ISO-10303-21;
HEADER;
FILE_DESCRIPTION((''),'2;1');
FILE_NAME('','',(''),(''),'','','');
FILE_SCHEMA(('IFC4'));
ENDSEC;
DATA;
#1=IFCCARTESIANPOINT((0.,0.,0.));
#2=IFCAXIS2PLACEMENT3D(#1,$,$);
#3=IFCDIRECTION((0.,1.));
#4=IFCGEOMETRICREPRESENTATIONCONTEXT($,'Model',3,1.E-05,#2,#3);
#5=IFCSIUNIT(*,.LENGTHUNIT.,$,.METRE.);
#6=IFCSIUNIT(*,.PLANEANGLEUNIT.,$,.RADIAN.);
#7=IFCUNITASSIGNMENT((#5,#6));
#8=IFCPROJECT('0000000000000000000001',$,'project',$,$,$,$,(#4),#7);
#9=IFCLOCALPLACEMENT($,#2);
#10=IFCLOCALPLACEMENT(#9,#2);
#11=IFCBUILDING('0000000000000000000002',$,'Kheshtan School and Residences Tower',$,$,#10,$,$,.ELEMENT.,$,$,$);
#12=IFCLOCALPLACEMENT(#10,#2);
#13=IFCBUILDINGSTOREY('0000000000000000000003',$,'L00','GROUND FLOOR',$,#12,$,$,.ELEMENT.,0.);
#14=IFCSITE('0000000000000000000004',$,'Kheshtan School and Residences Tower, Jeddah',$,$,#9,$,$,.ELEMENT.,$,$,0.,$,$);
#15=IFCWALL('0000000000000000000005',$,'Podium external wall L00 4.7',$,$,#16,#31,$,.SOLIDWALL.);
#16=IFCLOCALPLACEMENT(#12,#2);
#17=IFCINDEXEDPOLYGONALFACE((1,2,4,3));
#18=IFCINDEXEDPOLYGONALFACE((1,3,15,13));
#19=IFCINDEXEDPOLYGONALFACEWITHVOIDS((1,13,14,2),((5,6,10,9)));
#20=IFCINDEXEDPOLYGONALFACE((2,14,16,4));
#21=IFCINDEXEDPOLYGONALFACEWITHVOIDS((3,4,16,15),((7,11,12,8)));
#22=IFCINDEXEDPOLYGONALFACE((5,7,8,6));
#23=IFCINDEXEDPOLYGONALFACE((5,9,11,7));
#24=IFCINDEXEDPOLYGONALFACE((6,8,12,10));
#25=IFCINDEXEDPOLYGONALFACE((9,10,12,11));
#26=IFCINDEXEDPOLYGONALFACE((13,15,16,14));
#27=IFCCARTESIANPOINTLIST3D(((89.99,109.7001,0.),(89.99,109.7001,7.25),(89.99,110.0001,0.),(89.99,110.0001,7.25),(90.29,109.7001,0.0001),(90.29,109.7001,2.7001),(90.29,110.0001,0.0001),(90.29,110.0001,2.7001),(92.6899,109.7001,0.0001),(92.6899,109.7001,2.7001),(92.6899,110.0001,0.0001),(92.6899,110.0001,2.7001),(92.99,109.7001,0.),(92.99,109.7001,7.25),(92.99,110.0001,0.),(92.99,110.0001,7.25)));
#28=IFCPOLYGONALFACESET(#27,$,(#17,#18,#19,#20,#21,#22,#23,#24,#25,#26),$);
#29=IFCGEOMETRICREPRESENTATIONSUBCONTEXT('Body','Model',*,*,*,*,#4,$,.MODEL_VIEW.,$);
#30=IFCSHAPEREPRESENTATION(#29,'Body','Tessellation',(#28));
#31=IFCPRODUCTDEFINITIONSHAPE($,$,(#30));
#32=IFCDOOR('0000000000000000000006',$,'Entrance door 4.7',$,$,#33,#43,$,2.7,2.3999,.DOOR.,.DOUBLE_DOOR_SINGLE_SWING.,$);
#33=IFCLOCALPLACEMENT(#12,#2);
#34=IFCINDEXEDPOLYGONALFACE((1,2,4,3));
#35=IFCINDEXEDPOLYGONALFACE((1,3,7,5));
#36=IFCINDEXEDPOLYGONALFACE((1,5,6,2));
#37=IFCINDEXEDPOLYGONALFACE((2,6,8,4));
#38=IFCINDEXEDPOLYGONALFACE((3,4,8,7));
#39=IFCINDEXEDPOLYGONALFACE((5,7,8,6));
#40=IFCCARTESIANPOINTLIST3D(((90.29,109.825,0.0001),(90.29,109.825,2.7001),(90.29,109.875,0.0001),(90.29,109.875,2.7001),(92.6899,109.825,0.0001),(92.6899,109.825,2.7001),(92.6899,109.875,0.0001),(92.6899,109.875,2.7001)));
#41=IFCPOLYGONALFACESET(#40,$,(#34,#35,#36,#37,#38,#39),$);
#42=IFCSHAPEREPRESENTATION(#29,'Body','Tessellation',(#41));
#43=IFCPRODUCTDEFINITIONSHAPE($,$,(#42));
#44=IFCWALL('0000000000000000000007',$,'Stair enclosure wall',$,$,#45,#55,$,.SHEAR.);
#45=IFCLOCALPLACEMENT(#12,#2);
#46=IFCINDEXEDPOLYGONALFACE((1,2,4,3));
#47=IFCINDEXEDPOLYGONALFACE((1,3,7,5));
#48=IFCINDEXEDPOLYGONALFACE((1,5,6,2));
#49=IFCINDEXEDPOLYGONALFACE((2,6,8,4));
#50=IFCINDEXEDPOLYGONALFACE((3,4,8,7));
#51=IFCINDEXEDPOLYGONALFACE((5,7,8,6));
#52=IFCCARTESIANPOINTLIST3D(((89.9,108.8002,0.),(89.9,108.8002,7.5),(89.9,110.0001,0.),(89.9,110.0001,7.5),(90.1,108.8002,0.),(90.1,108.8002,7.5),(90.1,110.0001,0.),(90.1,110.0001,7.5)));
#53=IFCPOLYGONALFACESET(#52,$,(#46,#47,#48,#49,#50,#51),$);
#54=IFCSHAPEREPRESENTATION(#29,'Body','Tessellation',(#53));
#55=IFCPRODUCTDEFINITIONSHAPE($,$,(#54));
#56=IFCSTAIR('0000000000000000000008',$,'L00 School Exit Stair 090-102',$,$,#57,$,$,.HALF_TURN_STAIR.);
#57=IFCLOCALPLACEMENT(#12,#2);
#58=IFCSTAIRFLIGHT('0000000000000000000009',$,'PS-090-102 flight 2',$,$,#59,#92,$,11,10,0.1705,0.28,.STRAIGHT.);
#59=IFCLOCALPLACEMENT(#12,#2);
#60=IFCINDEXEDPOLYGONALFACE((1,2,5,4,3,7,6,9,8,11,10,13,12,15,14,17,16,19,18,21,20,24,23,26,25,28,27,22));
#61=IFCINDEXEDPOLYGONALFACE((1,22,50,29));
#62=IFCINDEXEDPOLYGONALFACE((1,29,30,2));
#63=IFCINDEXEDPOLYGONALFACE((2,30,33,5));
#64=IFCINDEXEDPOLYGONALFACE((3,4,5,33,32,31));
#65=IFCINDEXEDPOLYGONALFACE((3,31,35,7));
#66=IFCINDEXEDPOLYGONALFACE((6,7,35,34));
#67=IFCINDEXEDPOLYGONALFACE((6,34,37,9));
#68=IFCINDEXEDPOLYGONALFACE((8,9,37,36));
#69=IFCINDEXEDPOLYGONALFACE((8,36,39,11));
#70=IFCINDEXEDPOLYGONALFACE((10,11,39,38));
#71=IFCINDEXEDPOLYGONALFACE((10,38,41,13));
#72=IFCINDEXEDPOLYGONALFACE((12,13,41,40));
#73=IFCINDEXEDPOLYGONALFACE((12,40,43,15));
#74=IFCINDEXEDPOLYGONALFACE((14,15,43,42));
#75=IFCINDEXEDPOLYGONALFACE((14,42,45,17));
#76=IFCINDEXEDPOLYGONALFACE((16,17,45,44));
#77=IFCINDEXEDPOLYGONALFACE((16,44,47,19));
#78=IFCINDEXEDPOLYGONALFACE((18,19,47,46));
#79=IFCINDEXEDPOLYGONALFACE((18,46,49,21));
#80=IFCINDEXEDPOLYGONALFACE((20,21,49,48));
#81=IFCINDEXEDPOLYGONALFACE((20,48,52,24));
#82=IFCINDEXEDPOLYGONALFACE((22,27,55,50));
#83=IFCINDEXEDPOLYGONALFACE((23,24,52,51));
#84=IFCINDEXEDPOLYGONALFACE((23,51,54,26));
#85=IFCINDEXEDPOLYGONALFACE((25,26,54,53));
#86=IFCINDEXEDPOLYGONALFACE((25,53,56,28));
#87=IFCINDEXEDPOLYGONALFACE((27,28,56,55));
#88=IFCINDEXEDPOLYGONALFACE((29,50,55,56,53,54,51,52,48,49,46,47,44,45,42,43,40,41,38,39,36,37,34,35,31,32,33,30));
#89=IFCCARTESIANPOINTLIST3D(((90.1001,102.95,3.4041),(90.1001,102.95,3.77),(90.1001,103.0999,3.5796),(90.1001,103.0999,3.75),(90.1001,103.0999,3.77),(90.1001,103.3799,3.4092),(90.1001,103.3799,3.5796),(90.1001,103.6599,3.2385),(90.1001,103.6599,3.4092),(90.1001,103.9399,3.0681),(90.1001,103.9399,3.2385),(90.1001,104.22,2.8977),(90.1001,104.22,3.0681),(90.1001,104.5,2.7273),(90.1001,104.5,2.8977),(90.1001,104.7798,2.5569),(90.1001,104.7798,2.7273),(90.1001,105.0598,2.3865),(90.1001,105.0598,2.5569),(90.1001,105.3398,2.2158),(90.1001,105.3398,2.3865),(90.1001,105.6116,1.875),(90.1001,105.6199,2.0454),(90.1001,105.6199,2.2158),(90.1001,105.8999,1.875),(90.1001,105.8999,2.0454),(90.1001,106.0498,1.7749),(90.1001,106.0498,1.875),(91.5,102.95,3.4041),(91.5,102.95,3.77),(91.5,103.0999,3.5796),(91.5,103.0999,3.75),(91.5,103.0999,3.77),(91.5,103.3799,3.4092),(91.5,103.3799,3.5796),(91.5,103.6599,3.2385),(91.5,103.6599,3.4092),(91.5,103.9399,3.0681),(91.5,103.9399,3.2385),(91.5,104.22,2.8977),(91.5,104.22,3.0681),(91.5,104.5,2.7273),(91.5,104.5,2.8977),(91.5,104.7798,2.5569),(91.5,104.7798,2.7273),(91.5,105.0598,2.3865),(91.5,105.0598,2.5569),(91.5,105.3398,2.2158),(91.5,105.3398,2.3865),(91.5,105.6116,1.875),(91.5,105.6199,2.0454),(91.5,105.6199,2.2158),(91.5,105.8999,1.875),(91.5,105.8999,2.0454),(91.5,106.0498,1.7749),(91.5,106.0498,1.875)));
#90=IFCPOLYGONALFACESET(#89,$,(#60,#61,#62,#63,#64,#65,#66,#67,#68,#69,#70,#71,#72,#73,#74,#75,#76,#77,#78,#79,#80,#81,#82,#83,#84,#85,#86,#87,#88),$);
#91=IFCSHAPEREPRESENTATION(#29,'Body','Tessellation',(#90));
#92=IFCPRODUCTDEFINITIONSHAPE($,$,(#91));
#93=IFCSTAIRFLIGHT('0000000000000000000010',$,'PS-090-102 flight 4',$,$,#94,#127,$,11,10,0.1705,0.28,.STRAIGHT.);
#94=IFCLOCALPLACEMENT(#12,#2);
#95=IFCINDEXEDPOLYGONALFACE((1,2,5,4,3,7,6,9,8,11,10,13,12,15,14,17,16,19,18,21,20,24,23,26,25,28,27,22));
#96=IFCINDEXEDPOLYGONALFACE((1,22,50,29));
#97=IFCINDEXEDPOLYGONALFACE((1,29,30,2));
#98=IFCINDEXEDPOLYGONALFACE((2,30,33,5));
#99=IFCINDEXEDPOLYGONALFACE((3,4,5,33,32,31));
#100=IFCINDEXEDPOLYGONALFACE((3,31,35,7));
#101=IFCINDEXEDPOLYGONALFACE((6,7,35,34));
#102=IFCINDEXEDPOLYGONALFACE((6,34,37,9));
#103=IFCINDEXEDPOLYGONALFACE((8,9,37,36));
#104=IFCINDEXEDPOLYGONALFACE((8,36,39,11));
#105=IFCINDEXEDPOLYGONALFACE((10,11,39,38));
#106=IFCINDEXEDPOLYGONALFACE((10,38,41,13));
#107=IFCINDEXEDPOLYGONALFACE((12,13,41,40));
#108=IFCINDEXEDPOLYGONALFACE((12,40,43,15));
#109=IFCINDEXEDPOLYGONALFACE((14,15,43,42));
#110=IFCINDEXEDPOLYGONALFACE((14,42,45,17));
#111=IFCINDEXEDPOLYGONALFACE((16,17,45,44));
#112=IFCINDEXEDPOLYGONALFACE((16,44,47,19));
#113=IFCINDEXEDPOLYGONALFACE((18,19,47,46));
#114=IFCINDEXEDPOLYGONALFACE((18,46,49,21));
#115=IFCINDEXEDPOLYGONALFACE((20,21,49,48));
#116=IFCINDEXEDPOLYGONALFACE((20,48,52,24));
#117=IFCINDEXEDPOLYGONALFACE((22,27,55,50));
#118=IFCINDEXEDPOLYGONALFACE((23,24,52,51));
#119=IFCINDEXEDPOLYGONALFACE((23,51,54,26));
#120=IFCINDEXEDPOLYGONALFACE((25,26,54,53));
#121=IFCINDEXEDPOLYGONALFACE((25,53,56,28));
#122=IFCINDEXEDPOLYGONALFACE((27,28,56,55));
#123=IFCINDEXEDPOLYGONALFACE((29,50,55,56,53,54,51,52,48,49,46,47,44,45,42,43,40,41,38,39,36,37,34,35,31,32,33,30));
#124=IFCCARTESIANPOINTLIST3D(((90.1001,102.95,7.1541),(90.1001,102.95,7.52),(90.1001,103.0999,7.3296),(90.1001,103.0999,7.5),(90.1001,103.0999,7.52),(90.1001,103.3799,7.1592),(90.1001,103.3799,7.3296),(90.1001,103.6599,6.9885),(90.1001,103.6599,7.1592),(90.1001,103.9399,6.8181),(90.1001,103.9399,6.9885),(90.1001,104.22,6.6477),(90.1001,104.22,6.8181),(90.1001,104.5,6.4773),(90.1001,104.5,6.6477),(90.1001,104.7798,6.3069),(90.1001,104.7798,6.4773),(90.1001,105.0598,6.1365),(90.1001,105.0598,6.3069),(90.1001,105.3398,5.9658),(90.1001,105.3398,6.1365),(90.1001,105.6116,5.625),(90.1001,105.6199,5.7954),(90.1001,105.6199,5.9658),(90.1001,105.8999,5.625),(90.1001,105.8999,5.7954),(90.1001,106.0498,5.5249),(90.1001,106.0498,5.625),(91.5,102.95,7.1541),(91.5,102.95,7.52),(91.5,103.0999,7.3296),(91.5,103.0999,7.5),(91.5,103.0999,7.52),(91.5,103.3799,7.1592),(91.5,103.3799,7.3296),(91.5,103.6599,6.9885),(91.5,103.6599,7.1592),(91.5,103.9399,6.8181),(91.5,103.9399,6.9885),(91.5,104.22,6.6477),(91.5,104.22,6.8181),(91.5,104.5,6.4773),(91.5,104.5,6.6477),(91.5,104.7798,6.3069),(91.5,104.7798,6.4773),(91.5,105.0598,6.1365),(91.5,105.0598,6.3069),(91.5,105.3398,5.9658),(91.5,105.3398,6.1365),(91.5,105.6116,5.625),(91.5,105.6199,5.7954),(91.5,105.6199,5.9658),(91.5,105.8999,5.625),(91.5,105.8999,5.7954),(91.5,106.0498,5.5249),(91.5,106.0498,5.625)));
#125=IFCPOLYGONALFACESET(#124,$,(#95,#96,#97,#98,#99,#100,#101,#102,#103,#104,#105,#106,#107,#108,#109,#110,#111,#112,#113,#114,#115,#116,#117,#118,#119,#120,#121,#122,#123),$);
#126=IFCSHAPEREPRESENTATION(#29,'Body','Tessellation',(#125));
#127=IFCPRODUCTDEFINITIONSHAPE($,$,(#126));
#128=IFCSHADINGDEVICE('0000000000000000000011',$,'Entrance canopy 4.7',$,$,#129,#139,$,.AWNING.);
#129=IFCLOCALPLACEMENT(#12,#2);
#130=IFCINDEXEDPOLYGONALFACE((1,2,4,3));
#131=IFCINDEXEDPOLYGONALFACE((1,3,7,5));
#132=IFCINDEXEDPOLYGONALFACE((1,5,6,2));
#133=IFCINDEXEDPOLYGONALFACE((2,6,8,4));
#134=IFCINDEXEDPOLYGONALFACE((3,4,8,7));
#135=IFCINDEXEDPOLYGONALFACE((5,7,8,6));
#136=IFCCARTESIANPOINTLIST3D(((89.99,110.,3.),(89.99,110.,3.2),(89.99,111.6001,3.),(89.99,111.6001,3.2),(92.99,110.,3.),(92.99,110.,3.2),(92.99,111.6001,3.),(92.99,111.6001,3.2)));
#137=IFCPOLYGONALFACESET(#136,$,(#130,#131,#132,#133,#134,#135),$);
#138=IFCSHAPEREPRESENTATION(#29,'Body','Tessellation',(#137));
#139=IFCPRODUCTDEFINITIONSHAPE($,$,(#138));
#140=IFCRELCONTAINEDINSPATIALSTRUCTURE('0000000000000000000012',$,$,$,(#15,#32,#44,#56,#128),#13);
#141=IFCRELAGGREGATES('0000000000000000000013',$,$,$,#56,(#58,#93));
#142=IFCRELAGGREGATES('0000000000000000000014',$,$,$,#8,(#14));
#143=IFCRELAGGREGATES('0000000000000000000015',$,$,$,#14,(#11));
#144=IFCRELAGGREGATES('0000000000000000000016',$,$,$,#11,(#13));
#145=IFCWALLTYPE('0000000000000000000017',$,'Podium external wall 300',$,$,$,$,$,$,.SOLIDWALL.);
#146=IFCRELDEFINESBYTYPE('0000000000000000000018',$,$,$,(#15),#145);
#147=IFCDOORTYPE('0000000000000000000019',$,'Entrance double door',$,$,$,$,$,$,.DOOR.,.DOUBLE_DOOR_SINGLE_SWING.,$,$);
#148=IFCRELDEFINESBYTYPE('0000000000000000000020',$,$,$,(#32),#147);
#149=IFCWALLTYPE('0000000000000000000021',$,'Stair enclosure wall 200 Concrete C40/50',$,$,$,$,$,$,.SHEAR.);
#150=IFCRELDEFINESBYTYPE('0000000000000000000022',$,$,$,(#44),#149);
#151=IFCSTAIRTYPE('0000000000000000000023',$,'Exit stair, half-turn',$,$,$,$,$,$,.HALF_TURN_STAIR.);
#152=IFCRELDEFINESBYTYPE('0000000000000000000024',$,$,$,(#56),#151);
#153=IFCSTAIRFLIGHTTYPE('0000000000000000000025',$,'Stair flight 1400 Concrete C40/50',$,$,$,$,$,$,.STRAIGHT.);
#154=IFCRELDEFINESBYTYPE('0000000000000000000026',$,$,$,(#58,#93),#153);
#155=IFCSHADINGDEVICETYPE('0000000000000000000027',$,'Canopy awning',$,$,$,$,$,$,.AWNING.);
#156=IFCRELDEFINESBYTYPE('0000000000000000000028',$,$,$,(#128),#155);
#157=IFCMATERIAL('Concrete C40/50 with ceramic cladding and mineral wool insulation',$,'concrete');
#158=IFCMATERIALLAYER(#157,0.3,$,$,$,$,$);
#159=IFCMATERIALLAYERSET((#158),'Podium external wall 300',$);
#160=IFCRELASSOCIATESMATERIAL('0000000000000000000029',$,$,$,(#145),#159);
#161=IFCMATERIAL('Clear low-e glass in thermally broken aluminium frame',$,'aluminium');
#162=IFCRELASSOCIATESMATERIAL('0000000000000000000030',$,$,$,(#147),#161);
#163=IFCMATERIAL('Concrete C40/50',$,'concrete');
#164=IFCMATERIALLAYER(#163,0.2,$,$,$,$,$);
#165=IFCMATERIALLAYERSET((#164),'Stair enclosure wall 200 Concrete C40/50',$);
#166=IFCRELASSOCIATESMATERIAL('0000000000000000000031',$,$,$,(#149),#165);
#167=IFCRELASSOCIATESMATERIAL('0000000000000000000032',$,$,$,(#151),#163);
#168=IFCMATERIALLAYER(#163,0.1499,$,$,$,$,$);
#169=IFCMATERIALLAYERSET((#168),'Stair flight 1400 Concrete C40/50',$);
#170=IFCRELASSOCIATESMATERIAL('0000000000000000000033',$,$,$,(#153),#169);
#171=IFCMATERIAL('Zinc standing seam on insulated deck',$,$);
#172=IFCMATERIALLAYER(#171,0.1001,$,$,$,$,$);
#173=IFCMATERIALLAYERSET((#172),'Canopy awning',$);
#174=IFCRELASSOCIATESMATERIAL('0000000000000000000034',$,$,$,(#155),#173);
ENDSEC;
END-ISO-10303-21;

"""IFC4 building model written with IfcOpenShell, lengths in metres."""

from ifc_helpers import new_model, si_unit, direction, frame, frame_2d, origin, origin_2d, place, context, subcontext, project, spatial, polyline, rectangle, outline, extrude, source, transform, mapped, material, layer, layer_set, type_object, element, fill, aggregate, save


model = new_model("IFC4")

# Units and contexts
model_context = context("Model", 3, precision=1e-05, world=origin(), true_north=direction((0.0, 1.0)))
body_context = subcontext(model_context, "Body", "Model", "MODEL_VIEW")
ifc_project = project(units=[si_unit("LENGTHUNIT", "METRE"), si_unit("PLANEANGLEUNIT", "RADIAN")], contexts=[model_context])

# Site, building, storey
site_placement = place(None, origin())
site = spatial("IfcSite", under=ifc_project, at=site_placement, Name="Kheshtan School and Residences Tower, Jeddah", CompositionType="ELEMENT", RefElevation=0.0)
building_placement = place(site_placement, origin())
building = spatial("IfcBuilding", under=site, at=building_placement, Name="Kheshtan School and Residences Tower", CompositionType="ELEMENT")
storey_placement = place(building_placement, origin())
storey = spatial("IfcBuildingStorey", under=building, at=storey_placement, Name="L00", Description="GROUND FLOOR", CompositionType="ELEMENT", Elevation=0.0)

# Shared definitions
ifc_material_1 = material(Name="Clear low-e glass in thermally broken aluminium frame", Category="aluminium")

# Wall, opening, door
ifc_material_2 = material(Name="Concrete C40/50 with ceramic cladding and mineral wool insulation", Category="concrete")
ifc_layer_1 = layer(ifc_material_2, 0.3)
ifc_layer_set_1 = layer_set([ifc_layer_1], Name="Podium external wall 300")
wall_type_1 = type_object("IfcWallType", Name="Podium external wall 300", PredefinedType="SOLIDWALL", material=ifc_layer_set_1)
wall_1_placement = place(storey_placement, frame((89.99, 109.8501, 0.0), z_axis=(0.0, 0.0, 1.0), x_axis=(1.0, 0.0, 0.0)))
wall_1 = element("IfcWall", 1, at=wall_1_placement, inside=storey, type_object=wall_type_1, Name="Podium external wall L00 4.7", PredefinedType="SOLIDWALL", context=body_context, shape_type="SweptSolid", body=[
    extrude(rectangle(XDim=3.0, YDim=0.3, at=frame_2d((1.5, 0.0))), origin(), (0.0, 0.0, 1.0), 7.25),
])
opening_placement = place(wall_1_placement, frame((0.3, 0.0, 0.0)))
opening = element("IfcOpeningElement", 2, at=opening_placement, cuts=wall_1, PredefinedType="OPENING", context=body_context, shape_type="SweptSolid", body=[
    extrude(rectangle(XDim=2.3999, YDim=2.7, at=frame_2d((1.2, 1.3501))), frame((0.0, 0.1602, 0.0), z_axis=(0.0, -1.0, 0.0), x_axis=(1.0, 0.0, 0.0)), (0.0, 0.0, 1.0), 0.3201),
])
door_type = type_object("IfcDoorType", Name="Entrance double door", OperationType="DOUBLE_DOOR_SINGLE_SWING", PredefinedType="DOOR", material=ifc_material_1)
shared_shape = source(origin(), body_context, "Body", "SweptSolid", [
    extrude(rectangle(XDim=2.3999, YDim=2.7, at=frame_2d((1.2, 1.3501))), frame((0.0, 0.0249, 0.0), z_axis=(0.0, -1.0, 0.0), x_axis=(1.0, 0.0, 0.0)), (0.0, 0.0, 1.0), 0.05),
])
door_placement = place(opening_placement, origin())
door = element("IfcDoor", 3, at=door_placement, inside=storey, type_object=door_type, Name="Entrance door 4.7", OperationType="DOUBLE_DOOR_SINGLE_SWING", OverallHeight=2.7, OverallWidth=2.3999, PredefinedType="DOOR", context=body_context, shape_type="MappedRepresentation", body=[
    mapped(shared_shape, transform((0.0, 0.0, 0.0), x_axis=(1.0, 0.0, 0.0), y_axis=(0.0, 1.0, 0.0), z_axis=(0.0, 0.0, 1.0), scale=1.0)),
])
fill(opening, door)

# Wall
ifc_material_3 = material(Name="Concrete C40/50", Category="concrete")
ifc_layer_2 = layer(ifc_material_3, 0.2)
ifc_layer_set_2 = layer_set([ifc_layer_2], Name="Stair enclosure wall 200 Concrete C40/50")
wall_type_2 = type_object("IfcWallType", Name="Stair enclosure wall 200 Concrete C40/50", PredefinedType="SHEAR", material=ifc_layer_set_2)
wall_2_placement = place(storey_placement, frame((90.0, 108.8, 0.0), z_axis=(0.0, 0.0, 1.0), x_axis=(0.0, 1.0, 0.0)))
element("IfcWall", 4, at=wall_2_placement, inside=storey, type_object=wall_type_2, Name="Stair enclosure wall", PredefinedType="SHEAR", context=body_context, shape_type="SweptSolid", body=[
    extrude(rectangle(XDim=1.2, YDim=0.2, at=frame_2d((0.6001, 0.0))), origin(), (0.0, 0.0, 1.0), 7.5),
])

# Stair, stair flights
stair_type = type_object("IfcStairType", Name="Exit stair, half-turn", PredefinedType="HALF_TURN_STAIR", material=ifc_material_3)
stair_placement = place(storey_placement, origin())
stair = element("IfcStair", 5, at=stair_placement, inside=storey, type_object=stair_type, Name="L00 School Exit Stair 090-102", PredefinedType="HALF_TURN_STAIR")
ifc_layer_3 = layer(ifc_material_3, 0.1499)
ifc_layer_set_3 = layer_set([ifc_layer_3], Name="Stair flight 1400 Concrete C40/50")
stair_flight_type = type_object("IfcStairFlightType", Name="Stair flight 1400 Concrete C40/50", PredefinedType="STRAIGHT", material=ifc_layer_set_3)
stair_flight_1_placement = place(storey_placement, frame((90.8, 105.8999, 1.875), z_axis=(0.0, 0.0, 1.0), x_axis=(0.0, -1.0, 0.0)))
stair_flight_1 = element("IfcStairFlight", 6, at=stair_flight_1_placement, type_object=stair_flight_type, Name="PS-090-102 flight 2", NumberOfRisers=11, NumberOfTreads=10, PredefinedType="STRAIGHT", RiserHeight=0.1705, TreadLength=0.28, context=body_context, shape_type="SweptSolid", body=[
    extrude(outline(polyline([(-0.1499, -0.1001), (-0.1499, 0.0), (0.0, 0.0), (0.0, 0.1704), (0.28, 0.1704), (0.28, 0.3408), (0.5601, 0.3408), (0.5601, 0.5115), (0.8401, 0.5115), (0.8401, 0.6819), (1.1201, 0.6819), (1.1201, 0.8523), (1.3999, 0.8523), (1.3999, 1.0227), (1.6799, 1.0227), (1.6799, 1.1931), (1.96, 1.1931), (1.96, 1.3635), (2.24, 1.3635), (2.24, 1.5342), (2.52, 1.5342), (2.52, 1.7046), (2.8, 1.7046), (2.8, 1.875), (2.8, 1.895), (2.95, 1.895), (2.95, 1.5291), (0.2883, 0.0), (-0.1499, -0.1001)])), frame((0.0, 0.7, 0.0), z_axis=(0.0, -1.0, 0.0), x_axis=(1.0, 0.0, 0.0)), (0.0, 0.0, 1.0), 1.3999),
])
stair_flight_2_placement = place(storey_placement, frame((90.8, 105.8999, 5.625), z_axis=(0.0, 0.0, 1.0), x_axis=(0.0, -1.0, 0.0)))
stair_flight_2 = element("IfcStairFlight", 7, at=stair_flight_2_placement, type_object=stair_flight_type, Name="PS-090-102 flight 4", NumberOfRisers=11, NumberOfTreads=10, PredefinedType="STRAIGHT", RiserHeight=0.1705, TreadLength=0.28, context=body_context, shape_type="SweptSolid", body=[
    extrude(outline(polyline([(-0.1499, -0.1001), (-0.1499, 0.0), (0.0, 0.0), (0.0, 0.1704), (0.28, 0.1704), (0.28, 0.3408), (0.5601, 0.3408), (0.5601, 0.5115), (0.8401, 0.5115), (0.8401, 0.6819), (1.1201, 0.6819), (1.1201, 0.8523), (1.3999, 0.8523), (1.3999, 1.0227), (1.6799, 1.0227), (1.6799, 1.1931), (1.96, 1.1931), (1.96, 1.3635), (2.24, 1.3635), (2.24, 1.5342), (2.52, 1.5342), (2.52, 1.7046), (2.8, 1.7046), (2.8, 1.875), (2.8, 1.895), (2.95, 1.895), (2.95, 1.5291), (0.2883, 0.0), (-0.1499, -0.1001)])), frame((0.0, 0.7, 0.0), z_axis=(0.0, -1.0, 0.0), x_axis=(1.0, 0.0, 0.0)), (0.0, 0.0, 1.0), 1.3999),
])
aggregate(stair, [stair_flight_1, stair_flight_2])

# Shading device
ifc_material_4 = material(Name="Zinc standing seam on insulated deck")
ifc_layer_4 = layer(ifc_material_4, 0.1001)
ifc_layer_set_4 = layer_set([ifc_layer_4], Name="Canopy awning")
shading_device_type = type_object("IfcShadingDeviceType", Name="Canopy awning", PredefinedType="AWNING", material=ifc_layer_set_4)
shading_device_placement = place(storey_placement, frame((91.49, 110.8, 3.0), z_axis=(0.0, 0.0, 1.0), x_axis=(1.0, 0.0, 0.0)))
element("IfcShadingDevice", 8, at=shading_device_placement, inside=storey, type_object=shading_device_type, Name="Entrance canopy 4.7", PredefinedType="AWNING", context=body_context, shape_type="SweptSolid", body=[
    extrude(rectangle(XDim=3.0, YDim=1.6001, at=origin_2d()), origin(), (0.0, 0.0, 1.0), 0.2),
])

save(model, "model.ifc")
